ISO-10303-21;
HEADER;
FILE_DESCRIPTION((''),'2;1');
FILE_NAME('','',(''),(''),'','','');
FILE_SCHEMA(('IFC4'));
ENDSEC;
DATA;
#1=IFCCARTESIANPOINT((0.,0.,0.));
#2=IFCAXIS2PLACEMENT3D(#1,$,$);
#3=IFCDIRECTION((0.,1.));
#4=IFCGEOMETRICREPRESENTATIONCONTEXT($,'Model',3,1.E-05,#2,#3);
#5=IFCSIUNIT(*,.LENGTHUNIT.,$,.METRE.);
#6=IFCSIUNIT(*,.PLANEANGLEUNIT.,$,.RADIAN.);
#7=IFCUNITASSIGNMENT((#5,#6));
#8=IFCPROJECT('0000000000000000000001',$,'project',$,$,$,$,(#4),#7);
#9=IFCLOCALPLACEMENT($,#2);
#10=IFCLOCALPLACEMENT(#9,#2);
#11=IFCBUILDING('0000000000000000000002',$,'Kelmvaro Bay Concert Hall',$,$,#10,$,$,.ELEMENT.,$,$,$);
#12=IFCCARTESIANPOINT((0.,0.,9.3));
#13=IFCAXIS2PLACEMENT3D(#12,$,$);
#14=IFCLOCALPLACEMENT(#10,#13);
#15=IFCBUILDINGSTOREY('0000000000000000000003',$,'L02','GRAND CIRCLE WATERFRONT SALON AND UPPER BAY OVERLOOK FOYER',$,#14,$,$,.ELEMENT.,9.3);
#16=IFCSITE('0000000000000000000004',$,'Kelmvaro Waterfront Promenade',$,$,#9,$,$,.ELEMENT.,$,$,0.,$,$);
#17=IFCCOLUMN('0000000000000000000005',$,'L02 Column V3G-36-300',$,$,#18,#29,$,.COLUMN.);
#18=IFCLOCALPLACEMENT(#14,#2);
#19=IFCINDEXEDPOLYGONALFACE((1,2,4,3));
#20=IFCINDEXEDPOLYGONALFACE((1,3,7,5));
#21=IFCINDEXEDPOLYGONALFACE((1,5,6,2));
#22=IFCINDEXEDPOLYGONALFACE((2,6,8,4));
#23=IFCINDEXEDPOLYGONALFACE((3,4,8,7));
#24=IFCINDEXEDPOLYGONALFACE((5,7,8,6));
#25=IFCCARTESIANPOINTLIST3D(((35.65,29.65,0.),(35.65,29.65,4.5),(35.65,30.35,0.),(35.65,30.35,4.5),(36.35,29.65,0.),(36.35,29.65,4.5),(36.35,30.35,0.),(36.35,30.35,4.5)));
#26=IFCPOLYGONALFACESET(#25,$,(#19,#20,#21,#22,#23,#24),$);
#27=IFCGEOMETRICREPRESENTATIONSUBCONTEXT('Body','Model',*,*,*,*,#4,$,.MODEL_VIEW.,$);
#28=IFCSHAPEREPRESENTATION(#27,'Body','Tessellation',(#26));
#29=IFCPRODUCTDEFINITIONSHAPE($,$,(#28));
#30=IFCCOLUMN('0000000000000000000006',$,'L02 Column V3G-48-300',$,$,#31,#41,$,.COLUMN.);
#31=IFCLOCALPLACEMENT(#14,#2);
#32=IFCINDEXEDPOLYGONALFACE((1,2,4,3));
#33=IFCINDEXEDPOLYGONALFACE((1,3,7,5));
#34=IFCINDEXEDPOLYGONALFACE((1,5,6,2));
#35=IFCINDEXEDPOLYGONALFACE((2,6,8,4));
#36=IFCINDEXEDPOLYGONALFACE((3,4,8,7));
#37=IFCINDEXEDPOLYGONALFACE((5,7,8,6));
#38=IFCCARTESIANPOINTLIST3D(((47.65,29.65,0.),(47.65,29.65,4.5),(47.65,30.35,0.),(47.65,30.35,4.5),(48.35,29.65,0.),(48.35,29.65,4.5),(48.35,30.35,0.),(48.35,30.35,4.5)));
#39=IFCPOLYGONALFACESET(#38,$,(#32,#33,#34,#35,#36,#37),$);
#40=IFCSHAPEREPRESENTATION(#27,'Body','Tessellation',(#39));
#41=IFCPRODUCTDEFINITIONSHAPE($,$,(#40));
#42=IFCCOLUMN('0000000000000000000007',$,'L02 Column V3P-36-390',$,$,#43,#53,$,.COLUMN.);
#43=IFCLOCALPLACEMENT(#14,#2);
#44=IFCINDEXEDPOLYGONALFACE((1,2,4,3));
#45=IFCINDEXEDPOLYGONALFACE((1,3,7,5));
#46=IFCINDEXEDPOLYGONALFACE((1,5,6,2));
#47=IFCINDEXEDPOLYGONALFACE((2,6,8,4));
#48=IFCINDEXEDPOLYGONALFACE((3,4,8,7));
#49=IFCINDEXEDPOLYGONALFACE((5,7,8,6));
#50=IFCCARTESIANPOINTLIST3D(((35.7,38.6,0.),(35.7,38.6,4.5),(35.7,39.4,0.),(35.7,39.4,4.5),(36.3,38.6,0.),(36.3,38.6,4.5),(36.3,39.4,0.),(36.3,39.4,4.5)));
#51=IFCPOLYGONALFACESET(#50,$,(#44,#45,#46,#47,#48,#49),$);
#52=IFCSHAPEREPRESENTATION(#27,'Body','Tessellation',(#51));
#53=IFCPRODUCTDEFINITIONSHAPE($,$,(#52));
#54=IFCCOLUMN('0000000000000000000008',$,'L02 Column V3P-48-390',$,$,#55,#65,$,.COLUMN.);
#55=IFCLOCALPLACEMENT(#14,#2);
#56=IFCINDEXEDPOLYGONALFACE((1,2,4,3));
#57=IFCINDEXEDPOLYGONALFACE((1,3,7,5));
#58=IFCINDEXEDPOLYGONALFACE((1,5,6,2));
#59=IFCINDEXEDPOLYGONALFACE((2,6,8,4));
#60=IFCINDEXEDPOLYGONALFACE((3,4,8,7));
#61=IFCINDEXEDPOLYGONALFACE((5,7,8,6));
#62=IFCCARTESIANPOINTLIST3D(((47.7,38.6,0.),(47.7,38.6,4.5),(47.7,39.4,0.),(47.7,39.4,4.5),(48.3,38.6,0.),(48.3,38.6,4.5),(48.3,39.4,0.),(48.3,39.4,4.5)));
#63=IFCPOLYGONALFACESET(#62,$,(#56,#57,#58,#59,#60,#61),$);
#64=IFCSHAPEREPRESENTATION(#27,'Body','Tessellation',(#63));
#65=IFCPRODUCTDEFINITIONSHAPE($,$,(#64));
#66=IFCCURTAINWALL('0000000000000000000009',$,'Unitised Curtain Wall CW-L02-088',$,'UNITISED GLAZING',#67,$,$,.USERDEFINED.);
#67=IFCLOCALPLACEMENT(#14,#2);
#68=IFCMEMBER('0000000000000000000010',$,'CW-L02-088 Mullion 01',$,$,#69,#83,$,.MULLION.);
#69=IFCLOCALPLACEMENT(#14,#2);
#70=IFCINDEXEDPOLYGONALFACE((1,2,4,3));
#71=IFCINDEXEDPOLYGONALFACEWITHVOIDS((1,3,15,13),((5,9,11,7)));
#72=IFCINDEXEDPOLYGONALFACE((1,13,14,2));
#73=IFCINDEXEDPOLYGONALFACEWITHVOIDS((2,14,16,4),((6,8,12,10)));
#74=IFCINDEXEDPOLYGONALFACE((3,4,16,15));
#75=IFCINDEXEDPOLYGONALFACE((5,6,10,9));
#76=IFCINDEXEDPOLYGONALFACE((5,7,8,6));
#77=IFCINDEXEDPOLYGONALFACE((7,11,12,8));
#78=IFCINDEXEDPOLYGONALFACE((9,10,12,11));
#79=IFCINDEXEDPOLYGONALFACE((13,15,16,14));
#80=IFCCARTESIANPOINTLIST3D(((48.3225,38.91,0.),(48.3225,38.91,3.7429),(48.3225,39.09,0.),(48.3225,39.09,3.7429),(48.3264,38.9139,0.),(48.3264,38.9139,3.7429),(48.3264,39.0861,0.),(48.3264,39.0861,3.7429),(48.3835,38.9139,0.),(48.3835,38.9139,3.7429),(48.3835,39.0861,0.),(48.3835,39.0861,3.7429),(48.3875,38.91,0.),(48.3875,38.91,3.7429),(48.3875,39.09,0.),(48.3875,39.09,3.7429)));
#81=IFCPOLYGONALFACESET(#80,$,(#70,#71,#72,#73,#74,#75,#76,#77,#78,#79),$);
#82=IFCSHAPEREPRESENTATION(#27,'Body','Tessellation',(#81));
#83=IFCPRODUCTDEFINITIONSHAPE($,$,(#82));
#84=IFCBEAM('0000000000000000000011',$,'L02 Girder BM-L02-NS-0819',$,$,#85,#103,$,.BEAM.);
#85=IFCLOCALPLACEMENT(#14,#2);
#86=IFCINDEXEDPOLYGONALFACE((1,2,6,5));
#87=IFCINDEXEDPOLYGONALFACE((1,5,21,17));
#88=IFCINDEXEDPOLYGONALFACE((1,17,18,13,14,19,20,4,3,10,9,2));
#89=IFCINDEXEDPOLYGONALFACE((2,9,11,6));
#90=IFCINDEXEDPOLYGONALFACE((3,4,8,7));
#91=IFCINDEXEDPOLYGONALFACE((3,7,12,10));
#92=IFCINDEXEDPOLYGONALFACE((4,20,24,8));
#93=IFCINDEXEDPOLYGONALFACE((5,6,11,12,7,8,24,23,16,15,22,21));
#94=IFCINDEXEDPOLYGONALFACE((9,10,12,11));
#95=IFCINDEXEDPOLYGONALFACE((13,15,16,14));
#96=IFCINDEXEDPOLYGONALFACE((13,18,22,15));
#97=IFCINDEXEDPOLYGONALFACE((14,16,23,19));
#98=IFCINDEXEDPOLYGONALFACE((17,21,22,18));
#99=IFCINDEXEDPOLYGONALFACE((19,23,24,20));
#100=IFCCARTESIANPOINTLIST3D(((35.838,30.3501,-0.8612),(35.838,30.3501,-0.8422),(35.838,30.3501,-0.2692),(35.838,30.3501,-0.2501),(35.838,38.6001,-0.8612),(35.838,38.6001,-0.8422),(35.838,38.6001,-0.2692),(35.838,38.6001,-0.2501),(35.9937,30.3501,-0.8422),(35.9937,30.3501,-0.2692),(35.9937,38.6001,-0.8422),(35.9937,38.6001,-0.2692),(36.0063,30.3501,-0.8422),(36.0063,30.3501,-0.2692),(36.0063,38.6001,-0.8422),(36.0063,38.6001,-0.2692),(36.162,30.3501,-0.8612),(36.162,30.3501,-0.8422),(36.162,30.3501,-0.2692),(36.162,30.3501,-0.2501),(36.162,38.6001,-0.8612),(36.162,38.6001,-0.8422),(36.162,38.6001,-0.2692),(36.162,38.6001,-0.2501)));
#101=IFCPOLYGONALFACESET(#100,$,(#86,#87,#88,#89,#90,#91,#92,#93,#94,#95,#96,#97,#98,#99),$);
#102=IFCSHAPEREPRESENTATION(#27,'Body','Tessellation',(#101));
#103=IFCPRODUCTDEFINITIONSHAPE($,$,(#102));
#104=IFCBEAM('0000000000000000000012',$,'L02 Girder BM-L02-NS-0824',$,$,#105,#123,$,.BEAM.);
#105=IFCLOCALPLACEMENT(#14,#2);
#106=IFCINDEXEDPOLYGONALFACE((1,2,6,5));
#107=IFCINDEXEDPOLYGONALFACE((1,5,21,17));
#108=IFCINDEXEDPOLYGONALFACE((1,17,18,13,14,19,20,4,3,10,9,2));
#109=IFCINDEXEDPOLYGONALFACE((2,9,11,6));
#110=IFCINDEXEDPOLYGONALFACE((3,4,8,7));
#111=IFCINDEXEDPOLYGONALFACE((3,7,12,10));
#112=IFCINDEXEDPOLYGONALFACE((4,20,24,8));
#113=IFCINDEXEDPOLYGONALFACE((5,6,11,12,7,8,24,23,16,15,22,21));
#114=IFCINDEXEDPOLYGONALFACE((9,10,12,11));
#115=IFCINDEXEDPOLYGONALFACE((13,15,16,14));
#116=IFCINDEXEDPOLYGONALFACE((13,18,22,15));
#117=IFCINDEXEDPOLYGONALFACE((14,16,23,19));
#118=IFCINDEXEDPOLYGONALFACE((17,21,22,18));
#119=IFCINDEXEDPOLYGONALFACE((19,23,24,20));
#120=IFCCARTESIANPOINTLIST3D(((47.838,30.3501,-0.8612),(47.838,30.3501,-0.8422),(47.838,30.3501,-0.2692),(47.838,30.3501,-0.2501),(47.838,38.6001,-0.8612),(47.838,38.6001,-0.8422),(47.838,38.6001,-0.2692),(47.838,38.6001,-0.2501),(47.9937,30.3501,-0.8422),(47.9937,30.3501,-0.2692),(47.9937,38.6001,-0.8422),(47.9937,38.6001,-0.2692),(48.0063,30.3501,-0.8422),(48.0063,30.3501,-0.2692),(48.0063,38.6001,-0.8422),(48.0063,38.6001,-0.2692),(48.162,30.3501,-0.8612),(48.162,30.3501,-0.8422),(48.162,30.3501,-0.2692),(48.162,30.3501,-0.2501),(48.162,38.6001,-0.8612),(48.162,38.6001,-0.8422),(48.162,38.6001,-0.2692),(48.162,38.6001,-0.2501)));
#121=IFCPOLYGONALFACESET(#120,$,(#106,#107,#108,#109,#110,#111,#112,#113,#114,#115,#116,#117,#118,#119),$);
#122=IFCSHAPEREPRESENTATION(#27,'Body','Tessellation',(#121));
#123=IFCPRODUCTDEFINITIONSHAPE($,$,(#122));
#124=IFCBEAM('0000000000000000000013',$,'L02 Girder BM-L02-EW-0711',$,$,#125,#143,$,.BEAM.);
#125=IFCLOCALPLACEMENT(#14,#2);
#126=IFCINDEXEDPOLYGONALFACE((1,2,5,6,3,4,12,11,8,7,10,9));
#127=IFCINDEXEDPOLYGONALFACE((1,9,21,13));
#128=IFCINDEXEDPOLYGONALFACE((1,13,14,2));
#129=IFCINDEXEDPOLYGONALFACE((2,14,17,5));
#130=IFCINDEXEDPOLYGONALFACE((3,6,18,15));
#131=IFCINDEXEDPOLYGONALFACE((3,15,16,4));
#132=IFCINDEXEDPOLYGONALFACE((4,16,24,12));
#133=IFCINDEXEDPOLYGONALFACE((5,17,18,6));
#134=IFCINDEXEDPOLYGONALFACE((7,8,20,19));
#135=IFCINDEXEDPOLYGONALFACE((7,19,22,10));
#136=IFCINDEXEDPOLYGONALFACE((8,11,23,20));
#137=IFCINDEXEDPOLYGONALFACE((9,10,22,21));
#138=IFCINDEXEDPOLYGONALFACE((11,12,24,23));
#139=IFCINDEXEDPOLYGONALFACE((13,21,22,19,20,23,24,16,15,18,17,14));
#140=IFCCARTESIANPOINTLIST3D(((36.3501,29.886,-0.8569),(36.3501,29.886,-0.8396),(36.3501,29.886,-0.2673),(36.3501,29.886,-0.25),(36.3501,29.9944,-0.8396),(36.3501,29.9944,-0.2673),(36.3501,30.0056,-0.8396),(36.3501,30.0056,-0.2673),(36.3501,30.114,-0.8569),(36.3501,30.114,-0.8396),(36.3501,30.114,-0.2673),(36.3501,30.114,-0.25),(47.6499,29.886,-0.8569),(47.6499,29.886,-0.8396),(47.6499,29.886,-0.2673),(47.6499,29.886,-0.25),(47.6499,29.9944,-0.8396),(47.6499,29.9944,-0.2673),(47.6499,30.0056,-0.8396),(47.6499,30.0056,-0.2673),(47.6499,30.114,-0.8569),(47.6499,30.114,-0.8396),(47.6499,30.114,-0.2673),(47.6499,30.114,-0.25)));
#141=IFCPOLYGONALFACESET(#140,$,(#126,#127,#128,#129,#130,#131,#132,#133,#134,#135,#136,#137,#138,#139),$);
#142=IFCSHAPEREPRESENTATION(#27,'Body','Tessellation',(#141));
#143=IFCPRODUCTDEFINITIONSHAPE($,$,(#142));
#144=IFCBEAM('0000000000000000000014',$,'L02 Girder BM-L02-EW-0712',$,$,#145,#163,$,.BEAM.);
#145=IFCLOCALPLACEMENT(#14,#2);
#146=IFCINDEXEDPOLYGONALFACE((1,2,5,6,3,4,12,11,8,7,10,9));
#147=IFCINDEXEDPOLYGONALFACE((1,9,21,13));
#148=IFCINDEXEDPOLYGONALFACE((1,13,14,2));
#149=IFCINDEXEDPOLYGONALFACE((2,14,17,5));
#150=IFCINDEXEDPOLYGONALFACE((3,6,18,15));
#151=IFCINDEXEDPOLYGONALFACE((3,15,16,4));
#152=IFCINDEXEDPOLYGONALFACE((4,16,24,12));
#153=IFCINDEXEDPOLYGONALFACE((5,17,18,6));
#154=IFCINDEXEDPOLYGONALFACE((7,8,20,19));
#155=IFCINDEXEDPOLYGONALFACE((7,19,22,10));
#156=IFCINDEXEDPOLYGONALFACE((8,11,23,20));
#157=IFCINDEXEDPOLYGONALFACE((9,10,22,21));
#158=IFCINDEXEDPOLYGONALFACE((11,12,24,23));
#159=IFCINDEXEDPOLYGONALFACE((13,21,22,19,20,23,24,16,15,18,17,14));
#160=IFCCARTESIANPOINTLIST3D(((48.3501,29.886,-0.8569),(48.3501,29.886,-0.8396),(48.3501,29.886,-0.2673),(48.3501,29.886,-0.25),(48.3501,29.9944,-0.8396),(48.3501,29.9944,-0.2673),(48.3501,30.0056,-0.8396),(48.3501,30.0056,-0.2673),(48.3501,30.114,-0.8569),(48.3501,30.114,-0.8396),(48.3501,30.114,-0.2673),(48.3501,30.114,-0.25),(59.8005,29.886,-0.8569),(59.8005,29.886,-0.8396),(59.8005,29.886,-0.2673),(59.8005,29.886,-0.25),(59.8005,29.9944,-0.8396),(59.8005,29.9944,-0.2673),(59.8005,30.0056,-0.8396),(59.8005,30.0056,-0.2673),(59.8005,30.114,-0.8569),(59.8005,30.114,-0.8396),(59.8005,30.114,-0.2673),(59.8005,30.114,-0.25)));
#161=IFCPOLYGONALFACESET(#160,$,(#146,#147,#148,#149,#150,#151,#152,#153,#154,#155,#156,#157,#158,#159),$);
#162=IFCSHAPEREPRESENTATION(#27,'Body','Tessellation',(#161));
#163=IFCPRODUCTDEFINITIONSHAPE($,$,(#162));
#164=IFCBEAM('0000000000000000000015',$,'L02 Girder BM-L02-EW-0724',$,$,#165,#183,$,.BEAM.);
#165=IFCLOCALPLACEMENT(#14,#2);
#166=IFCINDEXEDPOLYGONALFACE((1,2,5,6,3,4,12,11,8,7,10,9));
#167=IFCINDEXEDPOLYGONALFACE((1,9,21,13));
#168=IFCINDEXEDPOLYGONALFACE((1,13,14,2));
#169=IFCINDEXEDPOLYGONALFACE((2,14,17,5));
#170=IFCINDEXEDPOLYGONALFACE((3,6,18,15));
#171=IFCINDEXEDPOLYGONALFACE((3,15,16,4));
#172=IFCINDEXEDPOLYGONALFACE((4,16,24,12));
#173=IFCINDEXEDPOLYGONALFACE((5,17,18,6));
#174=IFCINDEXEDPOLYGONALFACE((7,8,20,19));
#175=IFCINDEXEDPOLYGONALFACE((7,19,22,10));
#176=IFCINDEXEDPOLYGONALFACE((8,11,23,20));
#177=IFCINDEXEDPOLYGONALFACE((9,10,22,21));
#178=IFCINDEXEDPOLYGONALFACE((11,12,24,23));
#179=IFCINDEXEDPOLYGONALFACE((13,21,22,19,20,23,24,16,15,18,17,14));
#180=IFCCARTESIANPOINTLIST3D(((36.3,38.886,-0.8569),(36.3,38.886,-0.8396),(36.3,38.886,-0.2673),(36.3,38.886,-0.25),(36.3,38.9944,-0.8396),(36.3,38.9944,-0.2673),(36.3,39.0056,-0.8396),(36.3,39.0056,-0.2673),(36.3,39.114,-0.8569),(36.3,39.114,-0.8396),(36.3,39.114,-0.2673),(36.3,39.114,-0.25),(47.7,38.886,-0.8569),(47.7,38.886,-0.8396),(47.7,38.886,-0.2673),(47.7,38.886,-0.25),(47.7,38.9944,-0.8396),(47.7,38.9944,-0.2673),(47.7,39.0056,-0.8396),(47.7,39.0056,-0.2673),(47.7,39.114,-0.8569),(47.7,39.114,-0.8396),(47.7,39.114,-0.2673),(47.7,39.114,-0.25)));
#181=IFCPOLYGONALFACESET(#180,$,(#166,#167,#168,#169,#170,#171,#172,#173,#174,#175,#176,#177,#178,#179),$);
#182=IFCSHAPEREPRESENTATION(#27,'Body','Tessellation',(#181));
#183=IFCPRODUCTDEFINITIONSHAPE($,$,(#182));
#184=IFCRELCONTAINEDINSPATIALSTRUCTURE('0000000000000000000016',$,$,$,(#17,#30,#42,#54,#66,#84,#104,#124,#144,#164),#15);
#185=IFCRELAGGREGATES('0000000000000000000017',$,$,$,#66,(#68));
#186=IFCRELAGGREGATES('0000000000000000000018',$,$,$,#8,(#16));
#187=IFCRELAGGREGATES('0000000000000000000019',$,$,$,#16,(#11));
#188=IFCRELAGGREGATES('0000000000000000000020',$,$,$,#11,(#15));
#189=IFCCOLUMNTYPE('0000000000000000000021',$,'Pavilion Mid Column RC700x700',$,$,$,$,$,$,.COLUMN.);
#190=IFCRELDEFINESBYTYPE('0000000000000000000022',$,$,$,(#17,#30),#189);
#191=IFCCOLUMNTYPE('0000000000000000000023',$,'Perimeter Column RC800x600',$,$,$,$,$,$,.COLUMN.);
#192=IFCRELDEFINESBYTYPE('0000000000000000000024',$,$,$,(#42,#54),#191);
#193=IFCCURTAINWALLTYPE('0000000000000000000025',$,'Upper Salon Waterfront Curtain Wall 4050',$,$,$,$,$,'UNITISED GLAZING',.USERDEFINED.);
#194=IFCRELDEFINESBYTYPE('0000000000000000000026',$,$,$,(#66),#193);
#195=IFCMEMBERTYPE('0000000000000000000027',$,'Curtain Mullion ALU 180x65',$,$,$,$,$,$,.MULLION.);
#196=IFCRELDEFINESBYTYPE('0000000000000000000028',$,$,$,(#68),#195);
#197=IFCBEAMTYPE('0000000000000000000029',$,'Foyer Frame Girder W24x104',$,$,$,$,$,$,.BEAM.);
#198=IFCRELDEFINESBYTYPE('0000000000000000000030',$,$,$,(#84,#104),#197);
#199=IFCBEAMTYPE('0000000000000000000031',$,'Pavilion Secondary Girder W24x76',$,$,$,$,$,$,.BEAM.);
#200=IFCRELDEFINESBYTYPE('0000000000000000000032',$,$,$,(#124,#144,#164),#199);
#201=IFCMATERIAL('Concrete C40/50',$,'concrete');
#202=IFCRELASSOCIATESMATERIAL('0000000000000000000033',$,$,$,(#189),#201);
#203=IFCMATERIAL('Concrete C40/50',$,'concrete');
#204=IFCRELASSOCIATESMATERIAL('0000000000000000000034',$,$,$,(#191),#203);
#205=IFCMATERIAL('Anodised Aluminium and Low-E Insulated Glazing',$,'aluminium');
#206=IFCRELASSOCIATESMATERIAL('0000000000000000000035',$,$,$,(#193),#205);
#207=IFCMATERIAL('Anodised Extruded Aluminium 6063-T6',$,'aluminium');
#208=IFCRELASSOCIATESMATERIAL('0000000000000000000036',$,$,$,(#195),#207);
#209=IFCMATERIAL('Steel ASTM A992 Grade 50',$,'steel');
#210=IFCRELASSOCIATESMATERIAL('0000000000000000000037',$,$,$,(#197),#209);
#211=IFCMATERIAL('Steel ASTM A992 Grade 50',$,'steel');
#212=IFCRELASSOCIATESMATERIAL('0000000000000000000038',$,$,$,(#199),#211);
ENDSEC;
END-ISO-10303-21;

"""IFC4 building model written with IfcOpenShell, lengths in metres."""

from ifc_helpers import new_model, si_unit, direction, frame, origin, origin_2d, place, context, subcontext, project, spatial, rectangle, hollow_rectangle, i_section, extrude, material, material_profile, profile_set, type_object, element, aggregate, save


model = new_model("IFC4")

# Units and contexts
model_context = context("Model", 3, precision=1e-05, world=origin(), true_north=direction((0.0, 1.0)))
body_context = subcontext(model_context, "Body", "Model", "MODEL_VIEW")
ifc_project = project(units=[si_unit("LENGTHUNIT", "METRE"), si_unit("PLANEANGLEUNIT", "RADIAN")], contexts=[model_context])

# Site, building, storey
site_placement = place(None, origin())
site = spatial("IfcSite", under=ifc_project, at=site_placement, Name="Kelmvaro Waterfront Promenade", CompositionType="ELEMENT", RefElevation=0.0)
building_placement = place(site_placement, origin())
building = spatial("IfcBuilding", under=site, at=building_placement, Name="Kelmvaro Bay Concert Hall", CompositionType="ELEMENT")
storey_placement = place(building_placement, frame((0.0, 0.0, 9.3)))
storey = spatial("IfcBuildingStorey", under=building, at=storey_placement, Name="L02", Description="GRAND CIRCLE WATERFRONT SALON AND UPPER BAY OVERLOOK FOYER", CompositionType="ELEMENT", Elevation=9.3)

# Columns
ifc_material_1 = material(Name="Concrete C40/50", Category="concrete")
ifc_material_profile_1 = material_profile(ifc_material_1, rectangle(XDim=0.7, YDim=0.7, at=origin_2d()), Name="RC-COL-700X700")
ifc_profile_set_1 = profile_set([ifc_material_profile_1], Name="Concrete C40/50")
column_type_1 = type_object("IfcColumnType", Name="Pavilion Mid Column RC700x700", PredefinedType="COLUMN", material=ifc_profile_set_1)
for number, where, z_axis, x_axis, name in (
    (1, (36.0, 30.0, 0.0), (0.0, 0.0, 1.0), (1.0, 0.0, 0.0), "L02 Column V3G-36-300"),
    (2, (48.0, 30.0, 0.0), (0.0, 0.0, 1.0), (1.0, 0.0, 0.0), "L02 Column V3G-48-300"),
):
    element("IfcColumn", number, at=place(storey_placement, frame(where, z_axis=z_axis, x_axis=x_axis)), inside=storey, type_object=column_type_1, Name=name, PredefinedType="COLUMN", context=body_context, shape_type="SweptSolid", body=[
        extrude(rectangle(XDim=0.7, YDim=0.7, at=origin_2d()), origin(), (0.0, 0.0, 1.0), 4.5),
    ])
ifc_material_2 = material(Name="Concrete C40/50", Category="concrete")
ifc_material_profile_2 = material_profile(ifc_material_2, rectangle(XDim=0.6001, YDim=0.8, at=origin_2d()), Name="RC-COL-800X600")
ifc_profile_set_2 = profile_set([ifc_material_profile_2], Name="Concrete C40/50")
column_type_2 = type_object("IfcColumnType", Name="Perimeter Column RC800x600", PredefinedType="COLUMN", material=ifc_profile_set_2)
for number, where, z_axis, x_axis, name in (
    (3, (36.0, 39.0, 0.0), (0.0, 0.0, 1.0), (1.0, 0.0, 0.0), "L02 Column V3P-36-390"),
    (4, (48.0, 39.0, 0.0), (0.0, 0.0, 1.0), (1.0, 0.0, 0.0), "L02 Column V3P-48-390"),
):
    element("IfcColumn", number, at=place(storey_placement, frame(where, z_axis=z_axis, x_axis=x_axis)), inside=storey, type_object=column_type_2, Name=name, PredefinedType="COLUMN", context=body_context, shape_type="SweptSolid", body=[
        extrude(rectangle(XDim=0.6001, YDim=0.8, at=origin_2d()), origin(), (0.0, 0.0, 1.0), 4.5),
    ])

# Curtain wall, member
ifc_material_3 = material(Name="Anodised Aluminium and Low-E Insulated Glazing", Category="aluminium")
curtain_wall_type = type_object("IfcCurtainWallType", Name="Upper Salon Waterfront Curtain Wall 4050", ElementType="UNITISED GLAZING", PredefinedType="USERDEFINED", material=ifc_material_3)
curtain_wall_placement = place(storey_placement, origin())
curtain_wall = element("IfcCurtainWall", 5, at=curtain_wall_placement, inside=storey, type_object=curtain_wall_type, Name="Unitised Curtain Wall CW-L02-088", ObjectType="UNITISED GLAZING", PredefinedType="USERDEFINED")
ifc_material_4 = material(Name="Anodised Extruded Aluminium 6063-T6", Category="aluminium")
ifc_material_profile_3 = material_profile(ifc_material_4, hollow_rectangle(XDim=0.0649, YDim=0.1799, WallThickness=0.0039, at=origin_2d()), Name="ALU-MUL-180X65")
ifc_profile_set_3 = profile_set([ifc_material_profile_3], Name="Anodised Extruded Aluminium 6063-T6")
member_type = type_object("IfcMemberType", Name="Curtain Mullion ALU 180x65", PredefinedType="MULLION", material=ifc_profile_set_3)
member_placement = place(storey_placement, frame((48.355, 39.0, 0.0), z_axis=(0.0, 0.0, 1.0), x_axis=(1.0, 0.0, 0.0)))
member = element("IfcMember", 6, at=member_placement, type_object=member_type, Name="CW-L02-088 Mullion 01", PredefinedType="MULLION", context=body_context, shape_type="SweptSolid", body=[
    extrude(hollow_rectangle(XDim=0.0649, YDim=0.1799, WallThickness=0.0039, at=origin_2d()), origin(), (0.0, 0.0, 1.0), 3.7429),
])
aggregate(curtain_wall, [member])

# Beams
ifc_material_5 = material(Name="Steel ASTM A992 Grade 50", Category="steel")
ifc_material_profile_4 = material_profile(ifc_material_5, i_section(OverallWidth=0.324, OverallDepth=0.6111, WebThickness=0.0127, FlangeThickness=0.019, at=origin_2d()), Name="W24X104")
ifc_profile_set_4 = profile_set([ifc_material_profile_4], Name="Steel ASTM A992 Grade 50")
beam_type_1 = type_object("IfcBeamType", Name="Foyer Frame Girder W24x104", PredefinedType="BEAM", material=ifc_profile_set_4)
for number, where, z_axis, x_axis, name in (
    (7, (36.0, 30.3501, -0.5557), (0.0, 1.0, 0.0), (-1.0, 0.0, 0.0), "L02 Girder BM-L02-NS-0819"),
    (8, (48.0, 30.3501, -0.5557), (0.0, 1.0, 0.0), (-1.0, 0.0, 0.0), "L02 Girder BM-L02-NS-0824"),
):
    element("IfcBeam", number, at=place(storey_placement, frame(where, z_axis=z_axis, x_axis=x_axis)), inside=storey, type_object=beam_type_1, Name=name, PredefinedType="BEAM", context=body_context, shape_type="SweptSolid", body=[
        extrude(i_section(OverallWidth=0.324, OverallDepth=0.6111, WebThickness=0.0127, FlangeThickness=0.019, at=origin_2d()), origin(), (0.0, 0.0, 1.0), 8.25),
    ])
ifc_material_6 = material(Name="Steel ASTM A992 Grade 50", Category="steel")
ifc_material_profile_5 = material_profile(ifc_material_6, i_section(OverallWidth=0.228, OverallDepth=0.6069, WebThickness=0.0112, FlangeThickness=0.0173, at=origin_2d()), Name="W24X76")
ifc_profile_set_5 = profile_set([ifc_material_profile_5], Name="Steel ASTM A992 Grade 50")
beam_type_2 = type_object("IfcBeamType", Name="Pavilion Secondary Girder W24x76", PredefinedType="BEAM", material=ifc_profile_set_5)
beam_1_placement = place(storey_placement, frame((36.3501, 30.0, -0.5535), z_axis=(1.0, 0.0, 0.0), x_axis=(0.0, 1.0, 0.0)))
element("IfcBeam", 9, at=beam_1_placement, inside=storey, type_object=beam_type_2, Name="L02 Girder BM-L02-EW-0711", PredefinedType="BEAM", context=body_context, shape_type="SweptSolid", body=[
    extrude(i_section(OverallWidth=0.228, OverallDepth=0.6069, WebThickness=0.0112, FlangeThickness=0.0173, at=origin_2d()), origin(), (0.0, 0.0, 1.0), 11.2998),
])
beam_2_placement = place(storey_placement, frame((48.3501, 30.0, -0.5535), z_axis=(1.0, 0.0, 0.0), x_axis=(0.0, 1.0, 0.0)))
element("IfcBeam", 10, at=beam_2_placement, inside=storey, type_object=beam_type_2, Name="L02 Girder BM-L02-EW-0712", PredefinedType="BEAM", context=body_context, shape_type="SweptSolid", body=[
    extrude(i_section(OverallWidth=0.228, OverallDepth=0.6069, WebThickness=0.0112, FlangeThickness=0.0173, at=origin_2d()), origin(), (0.0, 0.0, 1.0), 11.4504),
])
beam_3_placement = place(storey_placement, frame((36.3, 39.0, -0.5535), z_axis=(1.0, 0.0, 0.0), x_axis=(0.0, 1.0, 0.0)))
element("IfcBeam", 11, at=beam_3_placement, inside=storey, type_object=beam_type_2, Name="L02 Girder BM-L02-EW-0724", PredefinedType="BEAM", context=body_context, shape_type="SweptSolid", body=[
    extrude(i_section(OverallWidth=0.228, OverallDepth=0.6069, WebThickness=0.0112, FlangeThickness=0.0173, at=origin_2d()), origin(), (0.0, 0.0, 1.0), 11.3999),
])

save(model, "model.ifc")
